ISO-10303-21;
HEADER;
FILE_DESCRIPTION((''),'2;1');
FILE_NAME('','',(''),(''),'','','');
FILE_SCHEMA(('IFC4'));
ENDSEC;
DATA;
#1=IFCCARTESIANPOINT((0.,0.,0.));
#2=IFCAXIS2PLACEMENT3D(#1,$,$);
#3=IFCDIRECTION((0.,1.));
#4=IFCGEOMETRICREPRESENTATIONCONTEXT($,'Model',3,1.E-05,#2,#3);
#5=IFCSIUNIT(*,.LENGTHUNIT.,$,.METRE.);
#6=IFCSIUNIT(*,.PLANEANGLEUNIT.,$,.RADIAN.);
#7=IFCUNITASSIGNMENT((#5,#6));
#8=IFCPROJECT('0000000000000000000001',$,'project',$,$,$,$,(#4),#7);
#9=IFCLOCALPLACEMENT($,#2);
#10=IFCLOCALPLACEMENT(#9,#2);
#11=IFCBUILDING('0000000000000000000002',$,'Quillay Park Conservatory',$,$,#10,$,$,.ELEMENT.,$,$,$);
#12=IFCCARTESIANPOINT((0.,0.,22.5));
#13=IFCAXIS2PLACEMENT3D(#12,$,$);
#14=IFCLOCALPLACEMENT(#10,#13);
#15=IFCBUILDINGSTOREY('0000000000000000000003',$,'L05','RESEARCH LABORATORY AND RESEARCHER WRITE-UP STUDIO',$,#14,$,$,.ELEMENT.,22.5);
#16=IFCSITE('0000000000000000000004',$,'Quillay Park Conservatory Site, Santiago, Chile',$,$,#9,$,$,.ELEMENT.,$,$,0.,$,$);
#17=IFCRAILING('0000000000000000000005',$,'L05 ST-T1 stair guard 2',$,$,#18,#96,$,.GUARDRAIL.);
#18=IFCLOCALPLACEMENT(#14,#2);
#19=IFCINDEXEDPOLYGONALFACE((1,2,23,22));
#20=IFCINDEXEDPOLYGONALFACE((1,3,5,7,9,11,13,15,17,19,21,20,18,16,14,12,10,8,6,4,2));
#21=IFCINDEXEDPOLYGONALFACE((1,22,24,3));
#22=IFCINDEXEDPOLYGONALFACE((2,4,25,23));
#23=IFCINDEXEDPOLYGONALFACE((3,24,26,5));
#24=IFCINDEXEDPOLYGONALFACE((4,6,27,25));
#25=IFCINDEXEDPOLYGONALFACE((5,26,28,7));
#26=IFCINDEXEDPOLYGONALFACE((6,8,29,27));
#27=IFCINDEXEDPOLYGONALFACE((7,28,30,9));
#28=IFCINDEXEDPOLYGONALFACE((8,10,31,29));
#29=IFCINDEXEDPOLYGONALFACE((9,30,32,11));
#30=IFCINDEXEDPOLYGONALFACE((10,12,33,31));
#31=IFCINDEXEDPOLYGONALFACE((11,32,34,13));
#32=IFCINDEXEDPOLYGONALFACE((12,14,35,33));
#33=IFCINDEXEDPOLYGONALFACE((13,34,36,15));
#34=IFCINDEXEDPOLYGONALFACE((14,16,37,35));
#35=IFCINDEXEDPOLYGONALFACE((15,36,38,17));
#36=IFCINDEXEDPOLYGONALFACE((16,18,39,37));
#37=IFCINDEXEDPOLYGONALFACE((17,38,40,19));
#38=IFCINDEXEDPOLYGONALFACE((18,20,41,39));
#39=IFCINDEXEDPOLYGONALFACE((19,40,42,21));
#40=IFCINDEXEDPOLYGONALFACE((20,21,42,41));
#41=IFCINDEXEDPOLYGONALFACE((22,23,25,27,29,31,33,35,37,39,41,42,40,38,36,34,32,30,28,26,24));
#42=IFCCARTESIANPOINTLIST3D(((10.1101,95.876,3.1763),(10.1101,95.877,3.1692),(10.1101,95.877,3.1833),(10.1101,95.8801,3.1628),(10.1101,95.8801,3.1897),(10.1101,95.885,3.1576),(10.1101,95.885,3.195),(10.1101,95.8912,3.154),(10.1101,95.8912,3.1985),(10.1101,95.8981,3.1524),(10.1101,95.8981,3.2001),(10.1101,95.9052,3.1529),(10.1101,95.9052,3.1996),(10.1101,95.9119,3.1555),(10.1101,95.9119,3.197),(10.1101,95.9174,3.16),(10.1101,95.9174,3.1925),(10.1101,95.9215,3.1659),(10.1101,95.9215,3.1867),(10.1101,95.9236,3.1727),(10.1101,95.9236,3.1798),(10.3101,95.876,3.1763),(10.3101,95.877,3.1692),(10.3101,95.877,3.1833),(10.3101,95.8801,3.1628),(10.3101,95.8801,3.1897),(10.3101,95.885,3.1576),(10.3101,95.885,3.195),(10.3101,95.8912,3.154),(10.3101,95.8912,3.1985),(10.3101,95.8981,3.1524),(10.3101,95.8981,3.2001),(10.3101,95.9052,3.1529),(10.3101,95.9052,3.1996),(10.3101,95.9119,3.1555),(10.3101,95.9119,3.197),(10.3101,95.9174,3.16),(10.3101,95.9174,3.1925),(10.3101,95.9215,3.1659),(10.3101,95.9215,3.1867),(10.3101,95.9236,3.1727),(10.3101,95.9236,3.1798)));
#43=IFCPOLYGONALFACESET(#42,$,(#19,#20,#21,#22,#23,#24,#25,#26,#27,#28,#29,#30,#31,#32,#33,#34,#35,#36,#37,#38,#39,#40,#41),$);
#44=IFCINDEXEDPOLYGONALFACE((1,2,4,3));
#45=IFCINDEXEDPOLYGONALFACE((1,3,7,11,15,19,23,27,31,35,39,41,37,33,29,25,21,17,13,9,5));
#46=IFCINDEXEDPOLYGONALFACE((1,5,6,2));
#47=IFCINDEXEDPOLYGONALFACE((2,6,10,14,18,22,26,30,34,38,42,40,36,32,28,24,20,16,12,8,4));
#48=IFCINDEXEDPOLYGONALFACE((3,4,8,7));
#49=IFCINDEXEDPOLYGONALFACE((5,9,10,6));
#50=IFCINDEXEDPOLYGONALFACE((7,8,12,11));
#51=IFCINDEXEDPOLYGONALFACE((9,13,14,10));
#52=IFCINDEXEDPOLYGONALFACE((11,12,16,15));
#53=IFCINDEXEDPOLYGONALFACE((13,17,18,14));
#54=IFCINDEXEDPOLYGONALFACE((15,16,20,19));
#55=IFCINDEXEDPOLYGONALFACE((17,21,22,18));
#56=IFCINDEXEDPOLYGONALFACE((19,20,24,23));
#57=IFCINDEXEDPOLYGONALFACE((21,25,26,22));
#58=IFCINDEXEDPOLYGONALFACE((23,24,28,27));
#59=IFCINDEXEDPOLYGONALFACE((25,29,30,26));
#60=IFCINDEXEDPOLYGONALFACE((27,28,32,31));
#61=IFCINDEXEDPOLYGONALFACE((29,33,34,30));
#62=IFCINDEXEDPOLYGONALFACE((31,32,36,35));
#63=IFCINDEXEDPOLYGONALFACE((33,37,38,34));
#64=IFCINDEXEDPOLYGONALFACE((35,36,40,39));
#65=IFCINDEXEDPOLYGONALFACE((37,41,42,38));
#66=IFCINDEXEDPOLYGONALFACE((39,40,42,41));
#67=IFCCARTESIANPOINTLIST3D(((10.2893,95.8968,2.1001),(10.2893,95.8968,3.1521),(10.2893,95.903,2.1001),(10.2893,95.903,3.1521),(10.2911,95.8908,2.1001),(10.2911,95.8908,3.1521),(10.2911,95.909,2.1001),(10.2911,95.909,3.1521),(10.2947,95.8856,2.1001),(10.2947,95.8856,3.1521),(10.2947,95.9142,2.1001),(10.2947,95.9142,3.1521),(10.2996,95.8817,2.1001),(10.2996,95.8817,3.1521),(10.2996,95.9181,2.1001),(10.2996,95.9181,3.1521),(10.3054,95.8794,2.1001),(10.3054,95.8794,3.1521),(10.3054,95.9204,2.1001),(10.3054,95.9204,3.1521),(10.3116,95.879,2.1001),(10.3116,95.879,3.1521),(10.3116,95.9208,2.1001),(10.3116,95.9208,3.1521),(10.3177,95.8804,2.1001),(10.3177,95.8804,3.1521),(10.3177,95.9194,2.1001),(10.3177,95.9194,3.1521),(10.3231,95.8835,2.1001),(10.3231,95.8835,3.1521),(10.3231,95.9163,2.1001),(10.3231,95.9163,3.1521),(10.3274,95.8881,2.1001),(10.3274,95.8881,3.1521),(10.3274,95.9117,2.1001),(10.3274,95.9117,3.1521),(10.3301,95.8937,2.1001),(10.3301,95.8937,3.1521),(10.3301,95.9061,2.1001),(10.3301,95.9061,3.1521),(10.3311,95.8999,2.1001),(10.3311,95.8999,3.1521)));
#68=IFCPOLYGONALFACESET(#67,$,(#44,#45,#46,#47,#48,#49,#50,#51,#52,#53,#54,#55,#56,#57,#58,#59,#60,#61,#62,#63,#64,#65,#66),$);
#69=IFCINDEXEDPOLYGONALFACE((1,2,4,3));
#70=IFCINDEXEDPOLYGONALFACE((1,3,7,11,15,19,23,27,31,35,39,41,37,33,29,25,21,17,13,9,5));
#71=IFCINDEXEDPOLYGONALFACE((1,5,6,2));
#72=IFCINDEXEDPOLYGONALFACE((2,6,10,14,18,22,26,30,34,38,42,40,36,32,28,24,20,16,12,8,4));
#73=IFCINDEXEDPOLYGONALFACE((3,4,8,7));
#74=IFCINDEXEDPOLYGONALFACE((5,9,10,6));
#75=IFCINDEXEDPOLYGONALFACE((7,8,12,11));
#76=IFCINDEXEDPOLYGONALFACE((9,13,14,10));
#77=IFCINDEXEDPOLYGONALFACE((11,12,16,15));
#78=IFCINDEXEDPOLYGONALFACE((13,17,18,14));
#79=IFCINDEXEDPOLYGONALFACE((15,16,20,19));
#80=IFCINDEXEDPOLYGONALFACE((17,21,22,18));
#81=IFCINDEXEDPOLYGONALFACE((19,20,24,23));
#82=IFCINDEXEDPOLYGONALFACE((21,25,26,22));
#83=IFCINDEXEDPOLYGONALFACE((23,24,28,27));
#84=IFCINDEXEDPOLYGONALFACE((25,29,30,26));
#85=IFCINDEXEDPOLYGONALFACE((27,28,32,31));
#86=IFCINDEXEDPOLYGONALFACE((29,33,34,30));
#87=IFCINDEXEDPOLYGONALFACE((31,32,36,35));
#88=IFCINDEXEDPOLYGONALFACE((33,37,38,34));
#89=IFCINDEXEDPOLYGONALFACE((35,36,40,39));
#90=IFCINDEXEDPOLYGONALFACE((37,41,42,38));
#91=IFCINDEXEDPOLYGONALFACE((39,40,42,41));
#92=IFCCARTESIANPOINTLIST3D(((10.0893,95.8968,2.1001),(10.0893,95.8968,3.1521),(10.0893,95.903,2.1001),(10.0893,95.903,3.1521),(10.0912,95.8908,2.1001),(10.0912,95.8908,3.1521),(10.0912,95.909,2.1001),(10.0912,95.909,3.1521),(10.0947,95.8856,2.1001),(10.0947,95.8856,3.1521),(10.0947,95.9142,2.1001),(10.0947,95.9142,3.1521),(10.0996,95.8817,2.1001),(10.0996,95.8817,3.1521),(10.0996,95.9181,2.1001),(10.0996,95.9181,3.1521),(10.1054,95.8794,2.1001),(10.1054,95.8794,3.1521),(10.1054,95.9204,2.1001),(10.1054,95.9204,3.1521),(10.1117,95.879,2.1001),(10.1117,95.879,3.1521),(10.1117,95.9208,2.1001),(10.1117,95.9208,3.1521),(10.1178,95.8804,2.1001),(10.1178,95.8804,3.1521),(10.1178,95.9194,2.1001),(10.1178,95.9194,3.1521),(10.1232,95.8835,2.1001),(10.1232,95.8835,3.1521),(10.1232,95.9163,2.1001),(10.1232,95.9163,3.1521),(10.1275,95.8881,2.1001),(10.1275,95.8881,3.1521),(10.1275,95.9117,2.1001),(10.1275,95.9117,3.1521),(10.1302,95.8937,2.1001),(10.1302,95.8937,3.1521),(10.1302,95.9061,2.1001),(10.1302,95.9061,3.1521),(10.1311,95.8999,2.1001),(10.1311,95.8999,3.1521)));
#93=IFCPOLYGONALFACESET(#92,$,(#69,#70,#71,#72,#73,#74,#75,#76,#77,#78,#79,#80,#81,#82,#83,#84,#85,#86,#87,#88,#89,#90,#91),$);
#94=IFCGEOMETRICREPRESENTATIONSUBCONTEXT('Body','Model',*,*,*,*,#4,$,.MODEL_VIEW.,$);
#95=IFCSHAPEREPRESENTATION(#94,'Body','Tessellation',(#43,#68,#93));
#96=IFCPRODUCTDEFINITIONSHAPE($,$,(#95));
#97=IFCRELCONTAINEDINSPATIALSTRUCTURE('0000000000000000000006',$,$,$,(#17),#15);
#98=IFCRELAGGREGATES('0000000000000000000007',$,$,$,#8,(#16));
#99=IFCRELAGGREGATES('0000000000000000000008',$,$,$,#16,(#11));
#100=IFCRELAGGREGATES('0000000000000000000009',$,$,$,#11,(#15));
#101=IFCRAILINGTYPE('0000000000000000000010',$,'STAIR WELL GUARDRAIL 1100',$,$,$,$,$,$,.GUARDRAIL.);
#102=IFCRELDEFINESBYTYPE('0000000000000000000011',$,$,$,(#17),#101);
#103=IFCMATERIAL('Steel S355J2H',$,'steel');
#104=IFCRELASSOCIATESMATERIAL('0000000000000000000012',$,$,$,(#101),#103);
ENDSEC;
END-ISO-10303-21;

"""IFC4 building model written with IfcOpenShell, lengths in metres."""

from ifc_helpers import new_model, si_unit, direction, frame, origin, origin_2d, place, context, subcontext, project, spatial, circle, extrude, material, type_object, element, save


model = new_model("IFC4")

# Units and contexts
model_context = context("Model", 3, precision=1e-05, world=origin(), true_north=direction((0.0, 1.0)))
body_context = subcontext(model_context, "Body", "Model", "MODEL_VIEW")
ifc_project = project(units=[si_unit("LENGTHUNIT", "METRE"), si_unit("PLANEANGLEUNIT", "RADIAN")], contexts=[model_context])

# Site, building, storey
site_placement = place(None, origin())
site = spatial("IfcSite", under=ifc_project, at=site_placement, Name="Quillay Park Conservatory Site, Santiago, Chile", CompositionType="ELEMENT", RefElevation=0.0)
building_placement = place(site_placement, origin())
building = spatial("IfcBuilding", under=site, at=building_placement, Name="Quillay Park Conservatory", CompositionType="ELEMENT")
storey_placement = place(building_placement, frame((0.0, 0.0, 22.5)))
storey = spatial("IfcBuildingStorey", under=building, at=storey_placement, Name="L05", Description="RESEARCH LABORATORY AND RESEARCHER WRITE-UP STUDIO", CompositionType="ELEMENT", Elevation=22.5)

# Railing
ifc_material_1 = material(Name="Steel S355J2H", Category="steel")
railing_type_1 = type_object("IfcRailingType", Name="STAIR WELL GUARDRAIL 1100", PredefinedType="GUARDRAIL", material=ifc_material_1)
railing_1_placement = place(storey_placement, frame((10.3101, 95.8999, 2.1001)))
element("IfcRailing", 1, at=railing_1_placement, inside=storey, type_object=railing_type_1, Name="L05 ST-T1 stair guard 2", PredefinedType="GUARDRAIL", context=body_context, shape_type="SweptSolid", body=[
    extrude(circle(Radius=0.0239, at=origin_2d()), frame((0.0, 0.0, 1.0762), z_axis=(-1.0, 0.0, 0.0), x_axis=(0.0, -1.0, 0.0)), (0.0, 0.0, 1.0), 0.2),
    extrude(circle(Radius=0.021, at=origin_2d()), origin(), (0.0, 0.0, 1.0), 1.052),
    extrude(circle(Radius=0.021, at=origin_2d()), frame((-0.2, 0.0, 0.0)), (0.0, 0.0, 1.0), 1.052),
])

save(model, "model.ifc")
